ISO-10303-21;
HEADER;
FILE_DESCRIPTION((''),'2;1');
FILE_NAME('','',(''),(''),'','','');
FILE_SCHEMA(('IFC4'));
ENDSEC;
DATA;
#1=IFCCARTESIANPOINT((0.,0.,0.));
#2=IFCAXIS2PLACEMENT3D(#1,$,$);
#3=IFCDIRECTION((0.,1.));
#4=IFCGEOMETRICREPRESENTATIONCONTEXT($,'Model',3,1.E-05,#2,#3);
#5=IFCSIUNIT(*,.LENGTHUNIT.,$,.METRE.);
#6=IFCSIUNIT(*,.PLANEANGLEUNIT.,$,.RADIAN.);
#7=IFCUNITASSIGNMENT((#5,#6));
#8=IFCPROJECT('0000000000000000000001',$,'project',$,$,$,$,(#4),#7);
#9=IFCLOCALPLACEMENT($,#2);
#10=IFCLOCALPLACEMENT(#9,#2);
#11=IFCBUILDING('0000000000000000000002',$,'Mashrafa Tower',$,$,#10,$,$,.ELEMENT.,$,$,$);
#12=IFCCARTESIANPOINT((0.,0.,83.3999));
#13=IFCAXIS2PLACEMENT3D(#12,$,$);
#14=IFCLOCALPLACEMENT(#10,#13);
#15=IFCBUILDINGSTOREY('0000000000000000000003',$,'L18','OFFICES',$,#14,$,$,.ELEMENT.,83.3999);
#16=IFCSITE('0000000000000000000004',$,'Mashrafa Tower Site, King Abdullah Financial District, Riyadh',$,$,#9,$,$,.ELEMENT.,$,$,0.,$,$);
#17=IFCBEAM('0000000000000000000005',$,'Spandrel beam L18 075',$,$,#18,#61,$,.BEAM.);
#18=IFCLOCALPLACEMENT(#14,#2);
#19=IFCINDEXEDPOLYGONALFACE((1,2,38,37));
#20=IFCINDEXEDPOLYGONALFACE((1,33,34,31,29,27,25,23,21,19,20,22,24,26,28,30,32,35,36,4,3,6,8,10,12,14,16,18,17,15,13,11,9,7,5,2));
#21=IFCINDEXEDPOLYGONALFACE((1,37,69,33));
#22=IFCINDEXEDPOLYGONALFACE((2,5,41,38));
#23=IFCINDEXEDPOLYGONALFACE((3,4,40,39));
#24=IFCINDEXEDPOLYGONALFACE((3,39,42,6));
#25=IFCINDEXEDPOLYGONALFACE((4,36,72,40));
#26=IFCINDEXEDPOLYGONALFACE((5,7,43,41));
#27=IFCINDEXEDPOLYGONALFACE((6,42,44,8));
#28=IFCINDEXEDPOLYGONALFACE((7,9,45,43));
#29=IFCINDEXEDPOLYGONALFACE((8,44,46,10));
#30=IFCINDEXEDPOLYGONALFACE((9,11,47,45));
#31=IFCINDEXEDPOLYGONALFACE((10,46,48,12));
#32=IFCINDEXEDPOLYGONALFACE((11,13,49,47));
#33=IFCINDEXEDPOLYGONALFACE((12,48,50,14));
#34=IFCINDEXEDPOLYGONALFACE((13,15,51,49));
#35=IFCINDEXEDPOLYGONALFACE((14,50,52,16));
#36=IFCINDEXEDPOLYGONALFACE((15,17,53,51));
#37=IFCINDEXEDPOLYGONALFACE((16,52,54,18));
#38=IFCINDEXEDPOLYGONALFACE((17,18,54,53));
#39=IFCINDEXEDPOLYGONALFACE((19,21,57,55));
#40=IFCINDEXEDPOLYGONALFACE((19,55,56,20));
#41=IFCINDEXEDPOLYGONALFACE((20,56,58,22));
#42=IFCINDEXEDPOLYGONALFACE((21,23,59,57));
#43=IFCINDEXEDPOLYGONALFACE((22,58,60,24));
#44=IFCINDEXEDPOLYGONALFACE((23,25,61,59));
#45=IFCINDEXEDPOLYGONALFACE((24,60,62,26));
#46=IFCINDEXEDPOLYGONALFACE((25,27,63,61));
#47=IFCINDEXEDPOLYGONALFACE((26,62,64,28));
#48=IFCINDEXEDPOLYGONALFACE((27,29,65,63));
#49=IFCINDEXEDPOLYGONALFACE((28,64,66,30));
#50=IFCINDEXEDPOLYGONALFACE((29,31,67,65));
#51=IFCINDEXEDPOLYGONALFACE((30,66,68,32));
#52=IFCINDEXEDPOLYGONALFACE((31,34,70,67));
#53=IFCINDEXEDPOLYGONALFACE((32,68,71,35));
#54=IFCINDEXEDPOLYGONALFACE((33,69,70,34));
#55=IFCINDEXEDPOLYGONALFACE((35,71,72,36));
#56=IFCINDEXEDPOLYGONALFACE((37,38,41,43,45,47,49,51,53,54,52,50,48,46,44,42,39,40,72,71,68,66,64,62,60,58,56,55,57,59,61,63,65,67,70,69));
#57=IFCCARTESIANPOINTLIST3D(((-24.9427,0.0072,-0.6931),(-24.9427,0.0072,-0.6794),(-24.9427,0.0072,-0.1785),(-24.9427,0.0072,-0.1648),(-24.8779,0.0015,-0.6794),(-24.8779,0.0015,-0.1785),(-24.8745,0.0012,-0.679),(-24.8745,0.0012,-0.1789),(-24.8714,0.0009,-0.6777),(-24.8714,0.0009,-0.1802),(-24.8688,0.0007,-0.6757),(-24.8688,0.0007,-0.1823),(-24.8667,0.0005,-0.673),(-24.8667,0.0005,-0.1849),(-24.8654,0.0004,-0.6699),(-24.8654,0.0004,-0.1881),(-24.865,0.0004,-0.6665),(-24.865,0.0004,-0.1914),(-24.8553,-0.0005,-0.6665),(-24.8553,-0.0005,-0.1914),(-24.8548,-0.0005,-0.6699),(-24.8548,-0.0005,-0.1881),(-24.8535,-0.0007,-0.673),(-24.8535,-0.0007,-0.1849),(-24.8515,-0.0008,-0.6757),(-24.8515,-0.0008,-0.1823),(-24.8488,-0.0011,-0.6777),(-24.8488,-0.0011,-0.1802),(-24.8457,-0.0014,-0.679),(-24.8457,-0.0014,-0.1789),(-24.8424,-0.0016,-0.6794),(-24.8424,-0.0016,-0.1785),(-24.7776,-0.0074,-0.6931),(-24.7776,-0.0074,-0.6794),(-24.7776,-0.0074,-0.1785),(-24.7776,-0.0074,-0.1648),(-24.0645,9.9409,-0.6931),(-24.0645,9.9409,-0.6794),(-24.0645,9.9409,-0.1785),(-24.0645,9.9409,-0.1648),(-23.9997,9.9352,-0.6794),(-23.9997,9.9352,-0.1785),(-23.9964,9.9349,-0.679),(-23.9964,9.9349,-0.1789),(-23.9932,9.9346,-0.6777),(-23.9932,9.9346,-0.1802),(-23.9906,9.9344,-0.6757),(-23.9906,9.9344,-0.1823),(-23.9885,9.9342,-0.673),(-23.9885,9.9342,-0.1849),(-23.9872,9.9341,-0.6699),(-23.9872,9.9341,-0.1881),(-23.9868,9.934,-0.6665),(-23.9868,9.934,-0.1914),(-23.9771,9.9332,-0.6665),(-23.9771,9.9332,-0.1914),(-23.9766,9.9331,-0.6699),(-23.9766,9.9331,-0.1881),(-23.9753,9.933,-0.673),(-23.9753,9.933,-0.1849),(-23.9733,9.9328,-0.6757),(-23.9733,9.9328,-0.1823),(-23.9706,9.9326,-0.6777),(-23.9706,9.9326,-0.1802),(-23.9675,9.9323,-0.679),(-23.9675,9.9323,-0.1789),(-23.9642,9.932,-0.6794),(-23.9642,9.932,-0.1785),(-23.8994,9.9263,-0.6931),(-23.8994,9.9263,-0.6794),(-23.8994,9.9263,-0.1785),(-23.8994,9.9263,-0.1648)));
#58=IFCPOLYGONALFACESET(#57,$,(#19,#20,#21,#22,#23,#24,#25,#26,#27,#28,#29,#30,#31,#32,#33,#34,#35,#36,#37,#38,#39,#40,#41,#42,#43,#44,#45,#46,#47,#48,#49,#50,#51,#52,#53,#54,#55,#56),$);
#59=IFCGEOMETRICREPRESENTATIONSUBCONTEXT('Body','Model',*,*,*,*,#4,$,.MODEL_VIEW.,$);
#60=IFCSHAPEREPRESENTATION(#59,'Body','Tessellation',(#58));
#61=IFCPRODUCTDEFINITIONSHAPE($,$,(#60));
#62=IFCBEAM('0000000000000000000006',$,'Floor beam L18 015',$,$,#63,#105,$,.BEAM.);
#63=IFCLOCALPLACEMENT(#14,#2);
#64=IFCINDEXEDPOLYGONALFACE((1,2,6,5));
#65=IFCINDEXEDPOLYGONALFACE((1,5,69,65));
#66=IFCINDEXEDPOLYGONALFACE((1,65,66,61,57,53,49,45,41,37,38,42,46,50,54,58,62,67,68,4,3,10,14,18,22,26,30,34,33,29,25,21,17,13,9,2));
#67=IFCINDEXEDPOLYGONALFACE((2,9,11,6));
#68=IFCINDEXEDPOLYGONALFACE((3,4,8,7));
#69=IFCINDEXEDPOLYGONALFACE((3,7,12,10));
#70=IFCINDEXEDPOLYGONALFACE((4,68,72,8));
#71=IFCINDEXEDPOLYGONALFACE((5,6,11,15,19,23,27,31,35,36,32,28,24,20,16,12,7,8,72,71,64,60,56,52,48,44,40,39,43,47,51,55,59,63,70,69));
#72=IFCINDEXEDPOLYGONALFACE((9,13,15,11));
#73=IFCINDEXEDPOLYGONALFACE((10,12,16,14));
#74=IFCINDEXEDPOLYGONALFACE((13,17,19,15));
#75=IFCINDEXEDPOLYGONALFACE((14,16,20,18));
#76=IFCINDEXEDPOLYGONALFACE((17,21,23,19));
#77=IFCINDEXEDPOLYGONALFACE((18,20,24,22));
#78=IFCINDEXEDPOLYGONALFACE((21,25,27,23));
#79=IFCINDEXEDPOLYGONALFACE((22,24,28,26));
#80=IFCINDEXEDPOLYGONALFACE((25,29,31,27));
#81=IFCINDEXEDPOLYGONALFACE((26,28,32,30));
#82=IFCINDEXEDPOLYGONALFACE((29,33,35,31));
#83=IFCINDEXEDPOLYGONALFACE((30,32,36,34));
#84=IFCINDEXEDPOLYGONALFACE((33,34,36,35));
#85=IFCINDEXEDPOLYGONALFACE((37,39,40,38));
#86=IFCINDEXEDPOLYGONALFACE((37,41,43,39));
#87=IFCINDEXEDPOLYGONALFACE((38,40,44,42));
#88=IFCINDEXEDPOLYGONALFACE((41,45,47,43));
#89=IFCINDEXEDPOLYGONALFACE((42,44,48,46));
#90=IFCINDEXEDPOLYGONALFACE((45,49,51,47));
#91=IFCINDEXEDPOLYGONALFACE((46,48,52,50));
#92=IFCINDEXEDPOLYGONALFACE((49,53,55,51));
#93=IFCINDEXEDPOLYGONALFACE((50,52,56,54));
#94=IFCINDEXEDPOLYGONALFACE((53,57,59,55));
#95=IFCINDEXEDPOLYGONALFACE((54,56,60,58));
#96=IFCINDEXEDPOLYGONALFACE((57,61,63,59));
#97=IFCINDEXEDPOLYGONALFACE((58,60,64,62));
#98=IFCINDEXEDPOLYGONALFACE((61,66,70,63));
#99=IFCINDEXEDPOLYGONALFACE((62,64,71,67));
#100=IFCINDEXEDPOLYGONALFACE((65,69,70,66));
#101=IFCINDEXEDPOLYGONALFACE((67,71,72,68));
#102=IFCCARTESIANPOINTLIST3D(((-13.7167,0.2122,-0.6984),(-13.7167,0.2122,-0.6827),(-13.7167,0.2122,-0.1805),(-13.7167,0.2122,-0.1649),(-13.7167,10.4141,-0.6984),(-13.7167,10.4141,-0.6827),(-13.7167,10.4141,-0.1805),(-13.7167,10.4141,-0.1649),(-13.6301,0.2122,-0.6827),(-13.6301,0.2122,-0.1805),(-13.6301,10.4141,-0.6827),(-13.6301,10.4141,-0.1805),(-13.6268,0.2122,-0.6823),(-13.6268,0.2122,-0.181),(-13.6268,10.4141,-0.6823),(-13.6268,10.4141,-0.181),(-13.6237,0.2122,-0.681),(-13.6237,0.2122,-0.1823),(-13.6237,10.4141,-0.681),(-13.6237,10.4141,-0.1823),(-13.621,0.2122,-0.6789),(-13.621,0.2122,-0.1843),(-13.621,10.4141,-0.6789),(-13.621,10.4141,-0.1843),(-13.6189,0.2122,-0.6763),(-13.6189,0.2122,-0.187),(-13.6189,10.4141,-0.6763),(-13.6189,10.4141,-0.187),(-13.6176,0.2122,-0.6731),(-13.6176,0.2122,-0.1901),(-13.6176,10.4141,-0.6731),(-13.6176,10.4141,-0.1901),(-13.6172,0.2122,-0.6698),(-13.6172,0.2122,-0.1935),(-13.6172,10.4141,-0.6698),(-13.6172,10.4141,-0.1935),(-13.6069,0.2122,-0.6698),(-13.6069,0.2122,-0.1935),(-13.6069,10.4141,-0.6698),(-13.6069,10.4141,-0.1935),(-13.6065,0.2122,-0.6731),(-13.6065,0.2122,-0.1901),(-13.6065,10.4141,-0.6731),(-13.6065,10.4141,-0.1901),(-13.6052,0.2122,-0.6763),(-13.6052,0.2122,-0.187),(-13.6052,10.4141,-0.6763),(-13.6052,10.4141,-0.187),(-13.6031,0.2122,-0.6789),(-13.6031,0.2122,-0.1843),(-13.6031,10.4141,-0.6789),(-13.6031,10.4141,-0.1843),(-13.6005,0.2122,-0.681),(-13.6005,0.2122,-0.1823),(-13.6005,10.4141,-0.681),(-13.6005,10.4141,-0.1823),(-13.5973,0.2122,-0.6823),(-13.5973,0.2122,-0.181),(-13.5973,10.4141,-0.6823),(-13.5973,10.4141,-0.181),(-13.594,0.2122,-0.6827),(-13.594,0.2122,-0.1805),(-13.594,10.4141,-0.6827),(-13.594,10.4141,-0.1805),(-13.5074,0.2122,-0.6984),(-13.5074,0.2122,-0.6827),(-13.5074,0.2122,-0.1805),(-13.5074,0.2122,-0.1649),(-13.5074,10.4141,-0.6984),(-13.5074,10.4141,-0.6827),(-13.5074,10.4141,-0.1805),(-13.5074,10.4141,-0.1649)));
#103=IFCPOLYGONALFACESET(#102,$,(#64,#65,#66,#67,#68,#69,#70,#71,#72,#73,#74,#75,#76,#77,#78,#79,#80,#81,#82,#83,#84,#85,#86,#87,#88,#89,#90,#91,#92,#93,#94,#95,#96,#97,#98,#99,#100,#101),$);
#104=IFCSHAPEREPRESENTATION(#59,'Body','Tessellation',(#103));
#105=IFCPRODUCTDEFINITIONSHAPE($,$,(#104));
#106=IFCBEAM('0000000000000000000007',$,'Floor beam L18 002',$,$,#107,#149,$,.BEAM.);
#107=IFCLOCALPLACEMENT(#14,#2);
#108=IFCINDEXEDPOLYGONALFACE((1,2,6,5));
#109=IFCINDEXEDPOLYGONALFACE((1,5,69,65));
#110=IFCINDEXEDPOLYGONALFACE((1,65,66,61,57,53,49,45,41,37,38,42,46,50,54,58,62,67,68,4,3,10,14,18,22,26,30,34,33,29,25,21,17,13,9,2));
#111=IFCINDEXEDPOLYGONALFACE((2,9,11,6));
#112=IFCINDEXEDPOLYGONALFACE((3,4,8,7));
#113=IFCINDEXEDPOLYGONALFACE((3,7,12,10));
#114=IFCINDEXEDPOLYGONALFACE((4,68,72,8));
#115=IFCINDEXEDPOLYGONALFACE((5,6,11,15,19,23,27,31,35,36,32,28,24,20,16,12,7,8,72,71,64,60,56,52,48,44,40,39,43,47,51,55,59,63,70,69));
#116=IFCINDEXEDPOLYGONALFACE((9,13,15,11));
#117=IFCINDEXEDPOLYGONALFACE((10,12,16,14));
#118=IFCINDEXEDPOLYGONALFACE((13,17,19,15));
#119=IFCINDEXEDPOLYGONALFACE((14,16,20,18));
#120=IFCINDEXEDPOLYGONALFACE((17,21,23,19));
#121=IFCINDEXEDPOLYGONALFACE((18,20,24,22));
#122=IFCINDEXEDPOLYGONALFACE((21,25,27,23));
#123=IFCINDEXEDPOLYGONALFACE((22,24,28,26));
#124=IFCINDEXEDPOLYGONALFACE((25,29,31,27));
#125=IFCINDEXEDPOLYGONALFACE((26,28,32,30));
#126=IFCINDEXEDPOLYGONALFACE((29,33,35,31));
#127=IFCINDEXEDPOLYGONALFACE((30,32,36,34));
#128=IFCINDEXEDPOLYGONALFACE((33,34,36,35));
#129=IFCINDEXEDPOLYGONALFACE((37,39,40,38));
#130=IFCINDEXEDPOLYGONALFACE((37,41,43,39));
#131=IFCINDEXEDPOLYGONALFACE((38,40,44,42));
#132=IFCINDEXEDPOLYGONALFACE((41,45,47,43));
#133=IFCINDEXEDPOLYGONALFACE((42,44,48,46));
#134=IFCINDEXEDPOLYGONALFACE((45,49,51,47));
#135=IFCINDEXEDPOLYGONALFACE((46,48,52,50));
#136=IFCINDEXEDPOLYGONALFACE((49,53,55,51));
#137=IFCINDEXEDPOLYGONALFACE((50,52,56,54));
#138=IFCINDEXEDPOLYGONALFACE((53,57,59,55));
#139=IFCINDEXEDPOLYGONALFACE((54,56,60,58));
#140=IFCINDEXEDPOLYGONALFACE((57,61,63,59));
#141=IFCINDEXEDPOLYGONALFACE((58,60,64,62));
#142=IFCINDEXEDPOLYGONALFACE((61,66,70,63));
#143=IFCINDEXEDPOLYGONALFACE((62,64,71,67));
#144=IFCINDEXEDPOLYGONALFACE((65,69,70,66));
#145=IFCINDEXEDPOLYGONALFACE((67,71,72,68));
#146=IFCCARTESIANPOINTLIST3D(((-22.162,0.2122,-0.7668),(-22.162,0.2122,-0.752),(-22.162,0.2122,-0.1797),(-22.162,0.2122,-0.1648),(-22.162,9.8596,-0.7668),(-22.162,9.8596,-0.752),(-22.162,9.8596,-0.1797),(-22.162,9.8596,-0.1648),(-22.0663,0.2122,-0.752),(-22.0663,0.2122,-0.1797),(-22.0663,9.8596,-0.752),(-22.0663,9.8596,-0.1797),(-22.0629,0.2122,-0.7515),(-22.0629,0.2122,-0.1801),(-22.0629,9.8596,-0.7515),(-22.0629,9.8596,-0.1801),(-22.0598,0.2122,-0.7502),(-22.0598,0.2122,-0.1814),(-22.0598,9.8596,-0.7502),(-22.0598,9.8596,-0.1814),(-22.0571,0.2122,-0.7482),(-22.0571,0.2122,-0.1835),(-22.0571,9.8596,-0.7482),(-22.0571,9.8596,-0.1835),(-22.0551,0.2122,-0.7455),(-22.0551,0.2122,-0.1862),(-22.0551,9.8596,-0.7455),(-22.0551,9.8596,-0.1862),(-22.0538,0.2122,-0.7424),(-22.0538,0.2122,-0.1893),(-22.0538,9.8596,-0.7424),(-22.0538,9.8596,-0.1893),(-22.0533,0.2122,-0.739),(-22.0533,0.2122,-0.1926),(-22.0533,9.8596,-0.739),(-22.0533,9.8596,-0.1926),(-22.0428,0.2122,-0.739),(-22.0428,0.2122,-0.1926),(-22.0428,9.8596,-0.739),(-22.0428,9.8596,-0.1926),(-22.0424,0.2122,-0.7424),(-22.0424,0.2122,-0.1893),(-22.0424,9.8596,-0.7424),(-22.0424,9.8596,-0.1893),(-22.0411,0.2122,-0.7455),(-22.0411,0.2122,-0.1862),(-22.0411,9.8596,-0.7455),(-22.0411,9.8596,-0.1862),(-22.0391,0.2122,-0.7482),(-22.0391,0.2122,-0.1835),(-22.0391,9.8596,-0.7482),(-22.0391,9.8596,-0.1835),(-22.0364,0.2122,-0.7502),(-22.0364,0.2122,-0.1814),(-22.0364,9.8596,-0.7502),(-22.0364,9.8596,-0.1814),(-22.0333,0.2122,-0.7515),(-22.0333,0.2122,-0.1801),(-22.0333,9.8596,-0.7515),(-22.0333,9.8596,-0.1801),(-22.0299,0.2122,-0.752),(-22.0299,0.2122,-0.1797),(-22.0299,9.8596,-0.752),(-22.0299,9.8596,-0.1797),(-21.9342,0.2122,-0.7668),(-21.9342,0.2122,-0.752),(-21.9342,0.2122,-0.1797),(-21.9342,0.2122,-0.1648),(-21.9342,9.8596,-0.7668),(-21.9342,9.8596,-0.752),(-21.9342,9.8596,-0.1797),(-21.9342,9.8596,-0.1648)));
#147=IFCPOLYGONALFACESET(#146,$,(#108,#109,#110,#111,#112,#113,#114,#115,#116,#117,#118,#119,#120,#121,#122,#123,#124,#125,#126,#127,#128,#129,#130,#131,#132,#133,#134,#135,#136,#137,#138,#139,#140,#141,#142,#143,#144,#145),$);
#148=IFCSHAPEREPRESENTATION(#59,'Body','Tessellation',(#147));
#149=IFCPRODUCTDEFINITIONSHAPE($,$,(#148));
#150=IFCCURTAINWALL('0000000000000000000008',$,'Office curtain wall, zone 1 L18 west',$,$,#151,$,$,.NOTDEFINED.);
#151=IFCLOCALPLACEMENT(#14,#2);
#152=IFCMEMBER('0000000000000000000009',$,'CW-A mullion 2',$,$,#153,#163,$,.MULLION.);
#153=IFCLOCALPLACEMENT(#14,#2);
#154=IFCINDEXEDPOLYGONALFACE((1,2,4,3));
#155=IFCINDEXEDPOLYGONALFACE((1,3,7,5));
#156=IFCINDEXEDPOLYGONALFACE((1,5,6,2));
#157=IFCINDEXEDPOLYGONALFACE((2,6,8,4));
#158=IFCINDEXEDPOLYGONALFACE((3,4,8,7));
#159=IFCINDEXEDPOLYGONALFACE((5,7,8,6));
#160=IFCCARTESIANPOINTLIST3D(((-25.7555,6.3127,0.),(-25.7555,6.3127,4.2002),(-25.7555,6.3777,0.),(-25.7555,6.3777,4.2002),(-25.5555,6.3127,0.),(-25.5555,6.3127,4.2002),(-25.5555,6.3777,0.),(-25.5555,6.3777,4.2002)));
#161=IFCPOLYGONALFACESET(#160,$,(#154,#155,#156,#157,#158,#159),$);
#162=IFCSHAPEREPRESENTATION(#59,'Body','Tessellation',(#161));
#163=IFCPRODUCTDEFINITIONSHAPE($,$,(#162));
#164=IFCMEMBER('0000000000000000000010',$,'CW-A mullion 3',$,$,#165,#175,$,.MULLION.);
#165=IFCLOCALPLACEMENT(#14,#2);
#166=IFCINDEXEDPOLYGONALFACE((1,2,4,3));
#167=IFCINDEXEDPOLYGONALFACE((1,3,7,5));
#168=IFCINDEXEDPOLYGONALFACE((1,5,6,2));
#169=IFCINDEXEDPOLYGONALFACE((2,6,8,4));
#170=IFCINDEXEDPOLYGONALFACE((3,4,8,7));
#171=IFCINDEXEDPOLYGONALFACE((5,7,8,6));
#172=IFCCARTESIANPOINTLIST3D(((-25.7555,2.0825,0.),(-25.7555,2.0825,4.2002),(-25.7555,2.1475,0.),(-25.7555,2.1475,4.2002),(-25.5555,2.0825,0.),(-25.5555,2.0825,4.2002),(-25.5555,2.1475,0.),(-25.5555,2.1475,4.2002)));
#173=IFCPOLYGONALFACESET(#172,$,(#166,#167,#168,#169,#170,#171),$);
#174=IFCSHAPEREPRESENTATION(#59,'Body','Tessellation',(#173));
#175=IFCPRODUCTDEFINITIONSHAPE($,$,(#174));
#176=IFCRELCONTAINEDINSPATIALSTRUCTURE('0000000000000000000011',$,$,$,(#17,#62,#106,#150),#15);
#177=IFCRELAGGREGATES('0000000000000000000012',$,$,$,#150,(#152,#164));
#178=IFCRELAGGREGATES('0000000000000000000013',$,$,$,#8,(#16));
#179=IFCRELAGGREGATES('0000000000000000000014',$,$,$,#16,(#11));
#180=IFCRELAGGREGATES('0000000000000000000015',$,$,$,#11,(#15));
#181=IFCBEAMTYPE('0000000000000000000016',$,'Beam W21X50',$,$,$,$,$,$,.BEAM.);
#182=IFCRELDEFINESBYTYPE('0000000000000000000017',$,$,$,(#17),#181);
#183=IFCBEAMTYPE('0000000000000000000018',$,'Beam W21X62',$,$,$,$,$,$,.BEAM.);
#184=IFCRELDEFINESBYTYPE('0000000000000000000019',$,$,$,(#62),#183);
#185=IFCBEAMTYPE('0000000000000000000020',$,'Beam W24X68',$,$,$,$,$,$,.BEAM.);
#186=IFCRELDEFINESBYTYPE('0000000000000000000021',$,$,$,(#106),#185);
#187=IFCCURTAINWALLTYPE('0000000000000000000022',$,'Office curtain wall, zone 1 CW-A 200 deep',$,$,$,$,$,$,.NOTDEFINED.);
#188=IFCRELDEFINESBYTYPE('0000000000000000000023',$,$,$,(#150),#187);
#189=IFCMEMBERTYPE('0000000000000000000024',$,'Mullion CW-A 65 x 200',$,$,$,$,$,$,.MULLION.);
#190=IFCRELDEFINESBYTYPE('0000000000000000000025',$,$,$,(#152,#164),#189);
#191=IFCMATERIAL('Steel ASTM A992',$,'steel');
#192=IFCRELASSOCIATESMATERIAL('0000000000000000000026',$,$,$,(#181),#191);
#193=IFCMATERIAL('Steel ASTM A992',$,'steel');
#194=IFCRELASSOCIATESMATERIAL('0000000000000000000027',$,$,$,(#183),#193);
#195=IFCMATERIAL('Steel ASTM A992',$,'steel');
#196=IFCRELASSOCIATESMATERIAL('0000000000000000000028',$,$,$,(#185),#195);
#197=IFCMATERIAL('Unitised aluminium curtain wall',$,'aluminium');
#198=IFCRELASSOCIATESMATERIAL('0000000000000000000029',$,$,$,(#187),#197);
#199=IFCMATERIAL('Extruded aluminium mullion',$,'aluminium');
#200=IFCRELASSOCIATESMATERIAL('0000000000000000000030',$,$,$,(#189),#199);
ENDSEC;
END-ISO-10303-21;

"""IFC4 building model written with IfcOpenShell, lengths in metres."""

from ifc_helpers import new_model, si_unit, direction, frame, origin, origin_2d, place, context, subcontext, project, spatial, rectangle, i_section, extrude, source, transform, mapped, material, material_profile, profile_set, type_object, type_shapes, element, aggregate, save


model = new_model("IFC4")

# Units and contexts
model_context = context("Model", 3, precision=1e-05, world=origin(), true_north=direction((0.0, 1.0)))
body_context = subcontext(model_context, "Body", "Model", "MODEL_VIEW")
ifc_project = project(units=[si_unit("LENGTHUNIT", "METRE"), si_unit("PLANEANGLEUNIT", "RADIAN")], contexts=[model_context])

# Site, building, storey
site_placement = place(None, origin())
site = spatial("IfcSite", under=ifc_project, at=site_placement, Name="Mashrafa Tower Site, King Abdullah Financial District, Riyadh", CompositionType="ELEMENT", RefElevation=0.0)
building_placement = place(site_placement, origin())
building = spatial("IfcBuilding", under=site, at=building_placement, Name="Mashrafa Tower", CompositionType="ELEMENT")
storey_placement = place(building_placement, frame((0.0, 0.0, 83.3999)))
storey = spatial("IfcBuildingStorey", under=building, at=storey_placement, Name="L18", Description="OFFICES", CompositionType="ELEMENT", Elevation=83.3999)

# Beams
ifc_material_1 = material(Name="Steel ASTM A992", Category="steel")
ifc_material_profile_1 = material_profile(ifc_material_1, i_section(OverallWidth=0.1658, OverallDepth=0.5283, WebThickness=0.0098, FlangeThickness=0.0137, FilletRadius=0.0129, at=origin_2d()), Name="W21X50")
ifc_profile_set_1 = profile_set([ifc_material_profile_1], Name="Steel ASTM A992")
beam_type_1 = type_object("IfcBeamType", Name="Beam W21X50", PredefinedType="BEAM", material=ifc_profile_set_1)
beam_1_placement = place(storey_placement, frame((-23.9819, 9.9336, -0.429), z_axis=(-0.088061, -0.996115, 0.0), x_axis=(0.996115, -0.088061, 0.0)))
element("IfcBeam", 1, at=beam_1_placement, inside=storey, type_object=beam_type_1, Name="Spandrel beam L18 075", PredefinedType="BEAM", context=body_context, shape_type="SweptSolid", body=[
    extrude(i_section(OverallWidth=0.1658, OverallDepth=0.5283, WebThickness=0.0098, FlangeThickness=0.0137, FilletRadius=0.0129, at=origin_2d()), origin(), (0.0, 0.0, 1.0), 9.9724),
])
ifc_material_2 = material(Name="Steel ASTM A992", Category="steel")
ifc_material_profile_2 = material_profile(ifc_material_2, i_section(OverallWidth=0.2092, OverallDepth=0.5334, WebThickness=0.0103, FlangeThickness=0.0156, FilletRadius=0.0129, at=origin_2d()), Name="W21X62")
ifc_profile_set_2 = profile_set([ifc_material_profile_2], Name="Steel ASTM A992")
beam_type_2 = type_object("IfcBeamType", Name="Beam W21X62", PredefinedType="BEAM", material=ifc_profile_set_2)
beam_2_placement = place(storey_placement, frame((-13.6121, 0.2122, -0.4316), z_axis=(0.0, 1.0, 0.0), x_axis=(-1.0, 0.0, 0.0)))
element("IfcBeam", 2, at=beam_2_placement, inside=storey, type_object=beam_type_2, Name="Floor beam L18 015", PredefinedType="BEAM", context=body_context, shape_type="SweptSolid", body=[
    extrude(i_section(OverallWidth=0.2092, OverallDepth=0.5334, WebThickness=0.0103, FlangeThickness=0.0156, FilletRadius=0.0129, at=origin_2d()), origin(), (0.0, 0.0, 1.0), 10.2019),
])
ifc_material_3 = material(Name="Steel ASTM A992", Category="steel")
ifc_material_profile_3 = material_profile(ifc_material_3, i_section(OverallWidth=0.2278, OverallDepth=0.6021, WebThickness=0.0105, FlangeThickness=0.0149, FilletRadius=0.0129, at=origin_2d()), Name="W24X68")
ifc_profile_set_3 = profile_set([ifc_material_profile_3], Name="Steel ASTM A992")
beam_type_3 = type_object("IfcBeamType", Name="Beam W24X68", PredefinedType="BEAM", material=ifc_profile_set_3)
beam_3_placement = place(storey_placement, frame((-22.0481, 0.2122, -0.4658), z_axis=(0.0, 1.0, 0.0), x_axis=(-1.0, 0.0, 0.0)))
element("IfcBeam", 3, at=beam_3_placement, inside=storey, type_object=beam_type_3, Name="Floor beam L18 002", PredefinedType="BEAM", context=body_context, shape_type="SweptSolid", body=[
    extrude(i_section(OverallWidth=0.2278, OverallDepth=0.6021, WebThickness=0.0105, FlangeThickness=0.0149, FilletRadius=0.0129, at=origin_2d()), origin(), (0.0, 0.0, 1.0), 9.6475),
])

# Curtain wall, members
ifc_material_4 = material(Name="Unitised aluminium curtain wall", Category="aluminium")
curtain_wall_type = type_object("IfcCurtainWallType", Name="Office curtain wall, zone 1 CW-A 200 deep", PredefinedType="NOTDEFINED", material=ifc_material_4)
curtain_wall_placement = place(storey_placement, origin())
curtain_wall = element("IfcCurtainWall", 4, at=curtain_wall_placement, inside=storey, type_object=curtain_wall_type, Name="Office curtain wall, zone 1 L18 west", PredefinedType="NOTDEFINED")
ifc_material_5 = material(Name="Extruded aluminium mullion", Category="aluminium")
ifc_material_profile_4 = material_profile(ifc_material_5, rectangle(XDim=0.2, YDim=0.0649, at=origin_2d()), Name="Mullion 65x200")
ifc_profile_set_4 = profile_set([ifc_material_profile_4], Name="Extruded aluminium mullion")
member_type_1 = type_object("IfcMemberType", Name="Mullion CW-A 65 x 200", PredefinedType="MULLION", material=ifc_profile_set_4)
shared_shape_1 = source(origin(), body_context, "Body", "SweptSolid", [
    extrude(rectangle(XDim=0.2, YDim=0.0649, at=origin_2d()), origin(), (0.0, 0.0, 1.0), 4.2002),
])
type_shapes(member_type_1, [shared_shape_1])
member_1_placement = place(storey_placement, frame((-25.6555, 6.3452, 0.0), z_axis=(0.0, 0.0, 1.0), x_axis=(1.0, 0.0, 0.0)))
member_1 = element("IfcMember", 5, at=member_1_placement, type_object=member_type_1, Name="CW-A mullion 2", PredefinedType="MULLION", context=body_context, shape_type="MappedRepresentation", body=[
    mapped(shared_shape_1, transform((0.0, 0.0, 0.0))),
])
member_2_placement = place(storey_placement, frame((-25.6555, 2.115, 0.0), z_axis=(0.0, 0.0, 1.0), x_axis=(1.0, 0.0, 0.0)))
member_2 = element("IfcMember", 6, at=member_2_placement, type_object=member_type_1, Name="CW-A mullion 3", PredefinedType="MULLION", context=body_context, shape_type="MappedRepresentation", body=[
    mapped(shared_shape_1, transform((0.0, 0.0, 0.0))),
])
aggregate(curtain_wall, [member_1, member_2])

save(model, "model.ifc")
